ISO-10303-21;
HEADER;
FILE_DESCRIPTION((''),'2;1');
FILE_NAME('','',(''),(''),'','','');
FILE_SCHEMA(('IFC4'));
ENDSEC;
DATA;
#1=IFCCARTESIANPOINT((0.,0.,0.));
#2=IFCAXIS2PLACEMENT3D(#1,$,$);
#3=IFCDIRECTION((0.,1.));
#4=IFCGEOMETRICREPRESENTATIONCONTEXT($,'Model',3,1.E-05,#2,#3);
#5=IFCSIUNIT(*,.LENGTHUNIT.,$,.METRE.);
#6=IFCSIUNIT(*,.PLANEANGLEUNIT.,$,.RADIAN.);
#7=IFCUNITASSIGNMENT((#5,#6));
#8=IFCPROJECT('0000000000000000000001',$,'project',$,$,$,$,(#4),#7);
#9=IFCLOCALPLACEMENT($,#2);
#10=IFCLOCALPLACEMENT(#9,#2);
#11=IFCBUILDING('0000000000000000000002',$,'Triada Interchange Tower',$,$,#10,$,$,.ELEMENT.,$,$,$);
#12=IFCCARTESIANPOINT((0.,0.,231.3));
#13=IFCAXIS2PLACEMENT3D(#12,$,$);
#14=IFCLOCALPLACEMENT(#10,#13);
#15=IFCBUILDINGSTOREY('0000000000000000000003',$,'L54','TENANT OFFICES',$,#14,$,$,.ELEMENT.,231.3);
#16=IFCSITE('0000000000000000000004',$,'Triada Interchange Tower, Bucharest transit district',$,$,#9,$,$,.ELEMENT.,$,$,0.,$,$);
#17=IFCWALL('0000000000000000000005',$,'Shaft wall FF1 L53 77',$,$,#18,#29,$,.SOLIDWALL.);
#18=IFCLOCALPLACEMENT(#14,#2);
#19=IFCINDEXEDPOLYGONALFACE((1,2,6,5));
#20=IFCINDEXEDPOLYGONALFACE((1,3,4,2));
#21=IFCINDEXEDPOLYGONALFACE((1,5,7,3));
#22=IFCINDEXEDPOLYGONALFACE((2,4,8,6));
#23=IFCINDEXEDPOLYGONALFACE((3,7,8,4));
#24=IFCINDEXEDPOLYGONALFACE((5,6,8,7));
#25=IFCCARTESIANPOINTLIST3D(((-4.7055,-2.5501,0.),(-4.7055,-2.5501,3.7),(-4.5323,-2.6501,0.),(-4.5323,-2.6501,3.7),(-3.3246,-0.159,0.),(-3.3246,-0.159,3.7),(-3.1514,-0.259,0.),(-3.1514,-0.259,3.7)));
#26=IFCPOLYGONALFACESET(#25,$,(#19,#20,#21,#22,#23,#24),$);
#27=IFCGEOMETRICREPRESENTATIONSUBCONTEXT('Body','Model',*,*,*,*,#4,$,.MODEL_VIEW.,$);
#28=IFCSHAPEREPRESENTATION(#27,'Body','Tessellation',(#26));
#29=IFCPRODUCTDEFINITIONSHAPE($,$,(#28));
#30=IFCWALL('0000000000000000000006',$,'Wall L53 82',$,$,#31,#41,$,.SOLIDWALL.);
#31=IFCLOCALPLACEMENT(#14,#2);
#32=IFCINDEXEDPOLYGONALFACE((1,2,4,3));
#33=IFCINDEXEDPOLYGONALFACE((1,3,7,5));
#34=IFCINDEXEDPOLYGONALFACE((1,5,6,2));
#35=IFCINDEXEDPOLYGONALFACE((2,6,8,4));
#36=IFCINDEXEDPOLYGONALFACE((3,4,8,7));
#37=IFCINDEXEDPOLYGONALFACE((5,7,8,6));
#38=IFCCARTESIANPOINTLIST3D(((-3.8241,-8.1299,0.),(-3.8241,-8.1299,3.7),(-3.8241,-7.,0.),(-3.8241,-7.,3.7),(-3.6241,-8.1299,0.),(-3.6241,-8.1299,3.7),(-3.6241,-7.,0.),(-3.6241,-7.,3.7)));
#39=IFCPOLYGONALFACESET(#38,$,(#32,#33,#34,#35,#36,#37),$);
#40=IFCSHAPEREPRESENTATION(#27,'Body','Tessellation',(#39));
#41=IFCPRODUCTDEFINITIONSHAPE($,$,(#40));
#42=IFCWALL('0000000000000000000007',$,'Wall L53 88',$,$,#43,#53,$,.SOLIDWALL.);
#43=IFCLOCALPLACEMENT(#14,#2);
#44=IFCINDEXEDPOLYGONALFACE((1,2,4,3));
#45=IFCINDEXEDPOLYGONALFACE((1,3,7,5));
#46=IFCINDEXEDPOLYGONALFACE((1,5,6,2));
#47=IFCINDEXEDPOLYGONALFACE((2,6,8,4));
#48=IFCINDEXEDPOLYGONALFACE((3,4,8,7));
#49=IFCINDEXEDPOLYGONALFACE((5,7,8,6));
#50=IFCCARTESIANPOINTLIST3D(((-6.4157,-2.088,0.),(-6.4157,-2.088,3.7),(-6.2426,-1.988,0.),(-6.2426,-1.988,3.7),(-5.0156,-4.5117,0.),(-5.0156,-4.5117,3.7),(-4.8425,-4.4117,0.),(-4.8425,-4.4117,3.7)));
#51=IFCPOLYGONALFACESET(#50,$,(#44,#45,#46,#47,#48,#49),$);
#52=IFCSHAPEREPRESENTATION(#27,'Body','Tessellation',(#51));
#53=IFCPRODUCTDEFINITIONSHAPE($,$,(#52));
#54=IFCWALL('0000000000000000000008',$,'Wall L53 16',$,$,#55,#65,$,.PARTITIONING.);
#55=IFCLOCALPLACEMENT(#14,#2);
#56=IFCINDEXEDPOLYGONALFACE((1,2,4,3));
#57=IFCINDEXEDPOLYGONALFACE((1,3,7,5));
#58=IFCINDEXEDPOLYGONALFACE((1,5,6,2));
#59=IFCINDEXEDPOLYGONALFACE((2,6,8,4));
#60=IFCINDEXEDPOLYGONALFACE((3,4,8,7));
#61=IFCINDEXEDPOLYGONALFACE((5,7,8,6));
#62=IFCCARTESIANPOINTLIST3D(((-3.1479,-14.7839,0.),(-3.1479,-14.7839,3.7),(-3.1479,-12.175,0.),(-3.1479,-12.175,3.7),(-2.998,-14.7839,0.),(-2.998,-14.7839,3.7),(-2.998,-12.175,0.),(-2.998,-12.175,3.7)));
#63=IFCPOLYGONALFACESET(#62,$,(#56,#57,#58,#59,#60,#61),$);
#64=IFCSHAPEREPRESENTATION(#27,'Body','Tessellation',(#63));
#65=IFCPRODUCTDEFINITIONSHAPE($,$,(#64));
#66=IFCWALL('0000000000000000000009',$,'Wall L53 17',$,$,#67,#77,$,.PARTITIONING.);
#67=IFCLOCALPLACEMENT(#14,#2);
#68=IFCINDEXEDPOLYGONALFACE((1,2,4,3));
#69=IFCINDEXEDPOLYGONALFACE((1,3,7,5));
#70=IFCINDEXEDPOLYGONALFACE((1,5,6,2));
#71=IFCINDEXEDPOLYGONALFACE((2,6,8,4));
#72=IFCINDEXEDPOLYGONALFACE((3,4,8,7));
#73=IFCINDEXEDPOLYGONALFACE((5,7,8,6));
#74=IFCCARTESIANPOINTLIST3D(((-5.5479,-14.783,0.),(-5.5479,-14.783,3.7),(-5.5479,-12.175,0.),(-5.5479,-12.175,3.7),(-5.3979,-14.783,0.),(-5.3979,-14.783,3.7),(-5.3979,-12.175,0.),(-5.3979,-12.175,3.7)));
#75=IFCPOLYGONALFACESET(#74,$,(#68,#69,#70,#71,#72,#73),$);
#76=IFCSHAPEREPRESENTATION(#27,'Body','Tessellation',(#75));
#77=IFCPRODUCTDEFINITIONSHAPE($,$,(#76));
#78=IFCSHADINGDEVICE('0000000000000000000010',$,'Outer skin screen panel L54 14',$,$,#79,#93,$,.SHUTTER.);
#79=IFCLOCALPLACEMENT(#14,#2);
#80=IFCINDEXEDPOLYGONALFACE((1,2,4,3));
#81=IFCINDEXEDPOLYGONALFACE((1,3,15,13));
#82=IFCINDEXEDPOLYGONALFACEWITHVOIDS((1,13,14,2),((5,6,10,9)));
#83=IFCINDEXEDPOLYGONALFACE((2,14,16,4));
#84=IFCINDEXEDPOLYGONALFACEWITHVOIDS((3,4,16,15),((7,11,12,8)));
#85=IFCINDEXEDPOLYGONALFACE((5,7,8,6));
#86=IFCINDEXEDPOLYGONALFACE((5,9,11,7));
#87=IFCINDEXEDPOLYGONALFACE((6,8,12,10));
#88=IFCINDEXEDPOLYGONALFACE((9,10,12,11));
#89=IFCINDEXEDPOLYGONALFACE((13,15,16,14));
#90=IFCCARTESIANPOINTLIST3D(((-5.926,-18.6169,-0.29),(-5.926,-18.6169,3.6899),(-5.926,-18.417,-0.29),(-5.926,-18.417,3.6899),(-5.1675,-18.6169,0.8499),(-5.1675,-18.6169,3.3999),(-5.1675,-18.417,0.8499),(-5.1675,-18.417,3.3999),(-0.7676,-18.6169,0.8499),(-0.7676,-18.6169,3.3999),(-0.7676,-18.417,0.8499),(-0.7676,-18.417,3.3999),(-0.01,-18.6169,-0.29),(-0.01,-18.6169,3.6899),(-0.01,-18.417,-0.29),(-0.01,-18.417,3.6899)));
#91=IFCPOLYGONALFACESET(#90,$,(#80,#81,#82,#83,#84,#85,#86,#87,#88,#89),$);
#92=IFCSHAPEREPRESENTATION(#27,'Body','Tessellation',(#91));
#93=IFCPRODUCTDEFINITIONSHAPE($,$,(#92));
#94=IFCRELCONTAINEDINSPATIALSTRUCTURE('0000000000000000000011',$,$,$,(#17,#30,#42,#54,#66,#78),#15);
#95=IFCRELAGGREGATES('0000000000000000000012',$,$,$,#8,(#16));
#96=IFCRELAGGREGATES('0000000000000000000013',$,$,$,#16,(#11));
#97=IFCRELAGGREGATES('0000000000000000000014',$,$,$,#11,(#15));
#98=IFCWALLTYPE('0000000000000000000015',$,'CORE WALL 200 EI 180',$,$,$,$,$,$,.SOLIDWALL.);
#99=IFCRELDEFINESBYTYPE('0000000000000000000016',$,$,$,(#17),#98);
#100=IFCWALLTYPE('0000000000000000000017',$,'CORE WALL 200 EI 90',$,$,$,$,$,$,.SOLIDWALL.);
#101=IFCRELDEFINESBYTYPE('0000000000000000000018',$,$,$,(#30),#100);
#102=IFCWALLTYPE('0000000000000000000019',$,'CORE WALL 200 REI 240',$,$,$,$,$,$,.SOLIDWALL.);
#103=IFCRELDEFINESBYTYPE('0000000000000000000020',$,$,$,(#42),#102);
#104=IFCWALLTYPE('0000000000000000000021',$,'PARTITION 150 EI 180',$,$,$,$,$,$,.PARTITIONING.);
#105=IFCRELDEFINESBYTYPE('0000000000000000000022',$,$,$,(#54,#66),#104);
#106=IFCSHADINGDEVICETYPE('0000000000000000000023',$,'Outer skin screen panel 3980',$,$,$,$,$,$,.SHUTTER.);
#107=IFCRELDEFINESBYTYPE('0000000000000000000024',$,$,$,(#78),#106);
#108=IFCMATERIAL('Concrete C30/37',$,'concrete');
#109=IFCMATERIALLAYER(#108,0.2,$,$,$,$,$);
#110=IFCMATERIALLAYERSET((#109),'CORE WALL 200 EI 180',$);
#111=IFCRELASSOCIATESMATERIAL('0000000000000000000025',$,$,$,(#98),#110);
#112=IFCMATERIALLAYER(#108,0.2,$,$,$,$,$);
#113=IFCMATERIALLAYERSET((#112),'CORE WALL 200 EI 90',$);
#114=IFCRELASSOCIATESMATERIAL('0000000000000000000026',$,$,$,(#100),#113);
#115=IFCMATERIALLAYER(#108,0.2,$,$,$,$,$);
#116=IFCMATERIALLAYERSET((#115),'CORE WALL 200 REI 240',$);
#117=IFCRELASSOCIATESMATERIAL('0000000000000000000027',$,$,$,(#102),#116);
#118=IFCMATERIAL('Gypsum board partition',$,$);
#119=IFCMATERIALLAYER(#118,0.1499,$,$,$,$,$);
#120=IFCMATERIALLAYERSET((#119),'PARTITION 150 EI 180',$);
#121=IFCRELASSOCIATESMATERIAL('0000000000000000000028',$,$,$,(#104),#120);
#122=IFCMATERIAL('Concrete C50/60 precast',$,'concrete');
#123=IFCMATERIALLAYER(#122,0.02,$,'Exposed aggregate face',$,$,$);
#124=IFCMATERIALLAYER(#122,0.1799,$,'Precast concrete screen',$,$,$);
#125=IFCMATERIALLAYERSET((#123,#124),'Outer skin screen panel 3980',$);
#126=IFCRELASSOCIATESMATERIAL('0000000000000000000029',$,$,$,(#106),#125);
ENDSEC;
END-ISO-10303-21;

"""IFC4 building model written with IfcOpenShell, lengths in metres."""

from ifc_helpers import new_model, si_unit, direction, frame, frame_2d, origin, place, context, subcontext, project, spatial, polyline, rectangle, outline, extrude, material, layer, layer_set, type_object, element, save


model = new_model("IFC4")

# Units and contexts
model_context = context("Model", 3, precision=1e-05, world=origin(), true_north=direction((0.0, 1.0)))
body_context = subcontext(model_context, "Body", "Model", "MODEL_VIEW")
ifc_project = project(units=[si_unit("LENGTHUNIT", "METRE"), si_unit("PLANEANGLEUNIT", "RADIAN")], contexts=[model_context])

# Site, building, storey
site_placement = place(None, origin())
site = spatial("IfcSite", under=ifc_project, at=site_placement, Name="Triada Interchange Tower, Bucharest transit district", CompositionType="ELEMENT", RefElevation=0.0)
building_placement = place(site_placement, origin())
building = spatial("IfcBuilding", under=site, at=building_placement, Name="Triada Interchange Tower", CompositionType="ELEMENT")
storey_placement = place(building_placement, frame((0.0, 0.0, 231.3)))
storey = spatial("IfcBuildingStorey", under=building, at=storey_placement, Name="L54", Description="TENANT OFFICES", CompositionType="ELEMENT", Elevation=231.3)

# Shared definitions
ifc_material_1 = material(Name="Concrete C30/37", Category="concrete")

# Walls
ifc_layer_1 = layer(ifc_material_1, 0.2)
ifc_layer_set_1 = layer_set([ifc_layer_1], Name="CORE WALL 200 EI 180")
wall_type_1 = type_object("IfcWallType", Name="CORE WALL 200 EI 180", PredefinedType="SOLIDWALL", material=ifc_layer_set_1)
wall_1_placement = place(storey_placement, frame((-4.6189, -2.6001, 0.0), z_axis=(0.0, 0.0, 1.0), x_axis=(0.500095, 0.865971, 0.0)))
element("IfcWall", 1, at=wall_1_placement, inside=storey, type_object=wall_type_1, Name="Shaft wall FF1 L53 77", PredefinedType="SOLIDWALL", context=body_context, shape_type="SweptSolid", body=[
    extrude(rectangle(XDim=2.7612, YDim=0.2, at=frame_2d((1.3806, 0.0))), origin(), (0.0, 0.0, 1.0), 3.7),
])
ifc_layer_2 = layer(ifc_material_1, 0.2)
ifc_layer_set_2 = layer_set([ifc_layer_2], Name="CORE WALL 200 EI 90")
wall_type_2 = type_object("IfcWallType", Name="CORE WALL 200 EI 90", PredefinedType="SOLIDWALL", material=ifc_layer_set_2)
wall_2_placement = place(storey_placement, frame((-3.7241, -8.1299, 0.0), z_axis=(0.0, 0.0, 1.0), x_axis=(0.0, 1.0, 0.0)))
element("IfcWall", 2, at=wall_2_placement, inside=storey, type_object=wall_type_2, Name="Wall L53 82", PredefinedType="SOLIDWALL", context=body_context, shape_type="SweptSolid", body=[
    extrude(rectangle(XDim=1.1299, YDim=0.2, at=frame_2d((0.5649, 0.0))), origin(), (0.0, 0.0, 1.0), 3.7),
])
ifc_layer_3 = layer(ifc_material_1, 0.2)
ifc_layer_set_3 = layer_set([ifc_layer_3], Name="CORE WALL 200 REI 240")
wall_type_3 = type_object("IfcWallType", Name="CORE WALL 200 REI 240", PredefinedType="SOLIDWALL", material=ifc_layer_set_3)
wall_3_placement = place(storey_placement, frame((-6.3291, -2.0381, 0.0), z_axis=(0.0, 0.0, 1.0), x_axis=(0.500201, -0.86591, 0.0)))
element("IfcWall", 3, at=wall_3_placement, inside=storey, type_object=wall_type_3, Name="Wall L53 88", PredefinedType="SOLIDWALL", context=body_context, shape_type="SweptSolid", body=[
    extrude(rectangle(XDim=2.7991, YDim=0.2, at=frame_2d((1.3994, 0.0))), origin(), (0.0, 0.0, 1.0), 3.7),
])
ifc_material_2 = material(Name="Gypsum board partition")
ifc_layer_4 = layer(ifc_material_2, 0.1499)
ifc_layer_set_4 = layer_set([ifc_layer_4], Name="PARTITION 150 EI 180")
wall_type_4 = type_object("IfcWallType", Name="PARTITION 150 EI 180", PredefinedType="PARTITIONING", material=ifc_layer_set_4)
wall_4_placement = place(storey_placement, frame((-3.073, -14.7839, 0.0), z_axis=(0.0, 0.0, 1.0), x_axis=(0.0, 1.0, 0.0)))
element("IfcWall", 4, at=wall_4_placement, inside=storey, type_object=wall_type_4, Name="Wall L53 16", PredefinedType="PARTITIONING", context=body_context, shape_type="SweptSolid", body=[
    extrude(rectangle(XDim=2.6089, YDim=0.1499, at=frame_2d((1.3044, 0.0))), origin(), (0.0, 0.0, 1.0), 3.7),
])
wall_5_placement = place(storey_placement, frame((-5.4729, -14.783, 0.0), z_axis=(0.0, 0.0, 1.0), x_axis=(0.0, 1.0, 0.0)))
element("IfcWall", 5, at=wall_5_placement, inside=storey, type_object=wall_type_4, Name="Wall L53 17", PredefinedType="PARTITIONING", context=body_context, shape_type="SweptSolid", body=[
    extrude(rectangle(XDim=2.6079, YDim=0.1499, at=frame_2d((1.304, 0.0))), origin(), (0.0, 0.0, 1.0), 3.7),
])

# Shading device
ifc_material_3 = material(Name="Concrete C50/60 precast", Category="concrete")
ifc_layer_5 = layer(ifc_material_3, 0.02, Name="Exposed aggregate face")
ifc_layer_6 = layer(ifc_material_3, 0.1799, Name="Precast concrete screen")
ifc_layer_set_5 = layer_set([ifc_layer_5, ifc_layer_6], Name="Outer skin screen panel 3980")
shading_device_type = type_object("IfcShadingDeviceType", Name="Outer skin screen panel 3980", PredefinedType="SHUTTER", material=ifc_layer_set_5)
shading_device_placement = place(storey_placement, frame((-5.926, -18.417, -0.29), z_axis=(0.0, 0.0, 1.0), x_axis=(1.0, 0.0, 0.0)))
element("IfcShadingDevice", 6, at=shading_device_placement, inside=storey, type_object=shading_device_type, Name="Outer skin screen panel L54 14", PredefinedType="SHUTTER", context=body_context, shape_type="SweptSolid", body=[
    extrude(outline(polyline([(0.0, 0.0), (5.916, 0.0), (5.916, 3.98), (0.0, 3.98), (0.0, 0.0)]), holes=[polyline([(0.7585, 1.1399), (0.7585, 3.6899), (5.1584, 3.6899), (5.1584, 1.1399), (0.7585, 1.1399)])]), frame((0.0, 0.0, 0.0), z_axis=(0.0, -1.0, 0.0), x_axis=(1.0, 0.0, 0.0)), (0.0, 0.0, 1.0), 0.2),
])

save(model, "model.ifc")
